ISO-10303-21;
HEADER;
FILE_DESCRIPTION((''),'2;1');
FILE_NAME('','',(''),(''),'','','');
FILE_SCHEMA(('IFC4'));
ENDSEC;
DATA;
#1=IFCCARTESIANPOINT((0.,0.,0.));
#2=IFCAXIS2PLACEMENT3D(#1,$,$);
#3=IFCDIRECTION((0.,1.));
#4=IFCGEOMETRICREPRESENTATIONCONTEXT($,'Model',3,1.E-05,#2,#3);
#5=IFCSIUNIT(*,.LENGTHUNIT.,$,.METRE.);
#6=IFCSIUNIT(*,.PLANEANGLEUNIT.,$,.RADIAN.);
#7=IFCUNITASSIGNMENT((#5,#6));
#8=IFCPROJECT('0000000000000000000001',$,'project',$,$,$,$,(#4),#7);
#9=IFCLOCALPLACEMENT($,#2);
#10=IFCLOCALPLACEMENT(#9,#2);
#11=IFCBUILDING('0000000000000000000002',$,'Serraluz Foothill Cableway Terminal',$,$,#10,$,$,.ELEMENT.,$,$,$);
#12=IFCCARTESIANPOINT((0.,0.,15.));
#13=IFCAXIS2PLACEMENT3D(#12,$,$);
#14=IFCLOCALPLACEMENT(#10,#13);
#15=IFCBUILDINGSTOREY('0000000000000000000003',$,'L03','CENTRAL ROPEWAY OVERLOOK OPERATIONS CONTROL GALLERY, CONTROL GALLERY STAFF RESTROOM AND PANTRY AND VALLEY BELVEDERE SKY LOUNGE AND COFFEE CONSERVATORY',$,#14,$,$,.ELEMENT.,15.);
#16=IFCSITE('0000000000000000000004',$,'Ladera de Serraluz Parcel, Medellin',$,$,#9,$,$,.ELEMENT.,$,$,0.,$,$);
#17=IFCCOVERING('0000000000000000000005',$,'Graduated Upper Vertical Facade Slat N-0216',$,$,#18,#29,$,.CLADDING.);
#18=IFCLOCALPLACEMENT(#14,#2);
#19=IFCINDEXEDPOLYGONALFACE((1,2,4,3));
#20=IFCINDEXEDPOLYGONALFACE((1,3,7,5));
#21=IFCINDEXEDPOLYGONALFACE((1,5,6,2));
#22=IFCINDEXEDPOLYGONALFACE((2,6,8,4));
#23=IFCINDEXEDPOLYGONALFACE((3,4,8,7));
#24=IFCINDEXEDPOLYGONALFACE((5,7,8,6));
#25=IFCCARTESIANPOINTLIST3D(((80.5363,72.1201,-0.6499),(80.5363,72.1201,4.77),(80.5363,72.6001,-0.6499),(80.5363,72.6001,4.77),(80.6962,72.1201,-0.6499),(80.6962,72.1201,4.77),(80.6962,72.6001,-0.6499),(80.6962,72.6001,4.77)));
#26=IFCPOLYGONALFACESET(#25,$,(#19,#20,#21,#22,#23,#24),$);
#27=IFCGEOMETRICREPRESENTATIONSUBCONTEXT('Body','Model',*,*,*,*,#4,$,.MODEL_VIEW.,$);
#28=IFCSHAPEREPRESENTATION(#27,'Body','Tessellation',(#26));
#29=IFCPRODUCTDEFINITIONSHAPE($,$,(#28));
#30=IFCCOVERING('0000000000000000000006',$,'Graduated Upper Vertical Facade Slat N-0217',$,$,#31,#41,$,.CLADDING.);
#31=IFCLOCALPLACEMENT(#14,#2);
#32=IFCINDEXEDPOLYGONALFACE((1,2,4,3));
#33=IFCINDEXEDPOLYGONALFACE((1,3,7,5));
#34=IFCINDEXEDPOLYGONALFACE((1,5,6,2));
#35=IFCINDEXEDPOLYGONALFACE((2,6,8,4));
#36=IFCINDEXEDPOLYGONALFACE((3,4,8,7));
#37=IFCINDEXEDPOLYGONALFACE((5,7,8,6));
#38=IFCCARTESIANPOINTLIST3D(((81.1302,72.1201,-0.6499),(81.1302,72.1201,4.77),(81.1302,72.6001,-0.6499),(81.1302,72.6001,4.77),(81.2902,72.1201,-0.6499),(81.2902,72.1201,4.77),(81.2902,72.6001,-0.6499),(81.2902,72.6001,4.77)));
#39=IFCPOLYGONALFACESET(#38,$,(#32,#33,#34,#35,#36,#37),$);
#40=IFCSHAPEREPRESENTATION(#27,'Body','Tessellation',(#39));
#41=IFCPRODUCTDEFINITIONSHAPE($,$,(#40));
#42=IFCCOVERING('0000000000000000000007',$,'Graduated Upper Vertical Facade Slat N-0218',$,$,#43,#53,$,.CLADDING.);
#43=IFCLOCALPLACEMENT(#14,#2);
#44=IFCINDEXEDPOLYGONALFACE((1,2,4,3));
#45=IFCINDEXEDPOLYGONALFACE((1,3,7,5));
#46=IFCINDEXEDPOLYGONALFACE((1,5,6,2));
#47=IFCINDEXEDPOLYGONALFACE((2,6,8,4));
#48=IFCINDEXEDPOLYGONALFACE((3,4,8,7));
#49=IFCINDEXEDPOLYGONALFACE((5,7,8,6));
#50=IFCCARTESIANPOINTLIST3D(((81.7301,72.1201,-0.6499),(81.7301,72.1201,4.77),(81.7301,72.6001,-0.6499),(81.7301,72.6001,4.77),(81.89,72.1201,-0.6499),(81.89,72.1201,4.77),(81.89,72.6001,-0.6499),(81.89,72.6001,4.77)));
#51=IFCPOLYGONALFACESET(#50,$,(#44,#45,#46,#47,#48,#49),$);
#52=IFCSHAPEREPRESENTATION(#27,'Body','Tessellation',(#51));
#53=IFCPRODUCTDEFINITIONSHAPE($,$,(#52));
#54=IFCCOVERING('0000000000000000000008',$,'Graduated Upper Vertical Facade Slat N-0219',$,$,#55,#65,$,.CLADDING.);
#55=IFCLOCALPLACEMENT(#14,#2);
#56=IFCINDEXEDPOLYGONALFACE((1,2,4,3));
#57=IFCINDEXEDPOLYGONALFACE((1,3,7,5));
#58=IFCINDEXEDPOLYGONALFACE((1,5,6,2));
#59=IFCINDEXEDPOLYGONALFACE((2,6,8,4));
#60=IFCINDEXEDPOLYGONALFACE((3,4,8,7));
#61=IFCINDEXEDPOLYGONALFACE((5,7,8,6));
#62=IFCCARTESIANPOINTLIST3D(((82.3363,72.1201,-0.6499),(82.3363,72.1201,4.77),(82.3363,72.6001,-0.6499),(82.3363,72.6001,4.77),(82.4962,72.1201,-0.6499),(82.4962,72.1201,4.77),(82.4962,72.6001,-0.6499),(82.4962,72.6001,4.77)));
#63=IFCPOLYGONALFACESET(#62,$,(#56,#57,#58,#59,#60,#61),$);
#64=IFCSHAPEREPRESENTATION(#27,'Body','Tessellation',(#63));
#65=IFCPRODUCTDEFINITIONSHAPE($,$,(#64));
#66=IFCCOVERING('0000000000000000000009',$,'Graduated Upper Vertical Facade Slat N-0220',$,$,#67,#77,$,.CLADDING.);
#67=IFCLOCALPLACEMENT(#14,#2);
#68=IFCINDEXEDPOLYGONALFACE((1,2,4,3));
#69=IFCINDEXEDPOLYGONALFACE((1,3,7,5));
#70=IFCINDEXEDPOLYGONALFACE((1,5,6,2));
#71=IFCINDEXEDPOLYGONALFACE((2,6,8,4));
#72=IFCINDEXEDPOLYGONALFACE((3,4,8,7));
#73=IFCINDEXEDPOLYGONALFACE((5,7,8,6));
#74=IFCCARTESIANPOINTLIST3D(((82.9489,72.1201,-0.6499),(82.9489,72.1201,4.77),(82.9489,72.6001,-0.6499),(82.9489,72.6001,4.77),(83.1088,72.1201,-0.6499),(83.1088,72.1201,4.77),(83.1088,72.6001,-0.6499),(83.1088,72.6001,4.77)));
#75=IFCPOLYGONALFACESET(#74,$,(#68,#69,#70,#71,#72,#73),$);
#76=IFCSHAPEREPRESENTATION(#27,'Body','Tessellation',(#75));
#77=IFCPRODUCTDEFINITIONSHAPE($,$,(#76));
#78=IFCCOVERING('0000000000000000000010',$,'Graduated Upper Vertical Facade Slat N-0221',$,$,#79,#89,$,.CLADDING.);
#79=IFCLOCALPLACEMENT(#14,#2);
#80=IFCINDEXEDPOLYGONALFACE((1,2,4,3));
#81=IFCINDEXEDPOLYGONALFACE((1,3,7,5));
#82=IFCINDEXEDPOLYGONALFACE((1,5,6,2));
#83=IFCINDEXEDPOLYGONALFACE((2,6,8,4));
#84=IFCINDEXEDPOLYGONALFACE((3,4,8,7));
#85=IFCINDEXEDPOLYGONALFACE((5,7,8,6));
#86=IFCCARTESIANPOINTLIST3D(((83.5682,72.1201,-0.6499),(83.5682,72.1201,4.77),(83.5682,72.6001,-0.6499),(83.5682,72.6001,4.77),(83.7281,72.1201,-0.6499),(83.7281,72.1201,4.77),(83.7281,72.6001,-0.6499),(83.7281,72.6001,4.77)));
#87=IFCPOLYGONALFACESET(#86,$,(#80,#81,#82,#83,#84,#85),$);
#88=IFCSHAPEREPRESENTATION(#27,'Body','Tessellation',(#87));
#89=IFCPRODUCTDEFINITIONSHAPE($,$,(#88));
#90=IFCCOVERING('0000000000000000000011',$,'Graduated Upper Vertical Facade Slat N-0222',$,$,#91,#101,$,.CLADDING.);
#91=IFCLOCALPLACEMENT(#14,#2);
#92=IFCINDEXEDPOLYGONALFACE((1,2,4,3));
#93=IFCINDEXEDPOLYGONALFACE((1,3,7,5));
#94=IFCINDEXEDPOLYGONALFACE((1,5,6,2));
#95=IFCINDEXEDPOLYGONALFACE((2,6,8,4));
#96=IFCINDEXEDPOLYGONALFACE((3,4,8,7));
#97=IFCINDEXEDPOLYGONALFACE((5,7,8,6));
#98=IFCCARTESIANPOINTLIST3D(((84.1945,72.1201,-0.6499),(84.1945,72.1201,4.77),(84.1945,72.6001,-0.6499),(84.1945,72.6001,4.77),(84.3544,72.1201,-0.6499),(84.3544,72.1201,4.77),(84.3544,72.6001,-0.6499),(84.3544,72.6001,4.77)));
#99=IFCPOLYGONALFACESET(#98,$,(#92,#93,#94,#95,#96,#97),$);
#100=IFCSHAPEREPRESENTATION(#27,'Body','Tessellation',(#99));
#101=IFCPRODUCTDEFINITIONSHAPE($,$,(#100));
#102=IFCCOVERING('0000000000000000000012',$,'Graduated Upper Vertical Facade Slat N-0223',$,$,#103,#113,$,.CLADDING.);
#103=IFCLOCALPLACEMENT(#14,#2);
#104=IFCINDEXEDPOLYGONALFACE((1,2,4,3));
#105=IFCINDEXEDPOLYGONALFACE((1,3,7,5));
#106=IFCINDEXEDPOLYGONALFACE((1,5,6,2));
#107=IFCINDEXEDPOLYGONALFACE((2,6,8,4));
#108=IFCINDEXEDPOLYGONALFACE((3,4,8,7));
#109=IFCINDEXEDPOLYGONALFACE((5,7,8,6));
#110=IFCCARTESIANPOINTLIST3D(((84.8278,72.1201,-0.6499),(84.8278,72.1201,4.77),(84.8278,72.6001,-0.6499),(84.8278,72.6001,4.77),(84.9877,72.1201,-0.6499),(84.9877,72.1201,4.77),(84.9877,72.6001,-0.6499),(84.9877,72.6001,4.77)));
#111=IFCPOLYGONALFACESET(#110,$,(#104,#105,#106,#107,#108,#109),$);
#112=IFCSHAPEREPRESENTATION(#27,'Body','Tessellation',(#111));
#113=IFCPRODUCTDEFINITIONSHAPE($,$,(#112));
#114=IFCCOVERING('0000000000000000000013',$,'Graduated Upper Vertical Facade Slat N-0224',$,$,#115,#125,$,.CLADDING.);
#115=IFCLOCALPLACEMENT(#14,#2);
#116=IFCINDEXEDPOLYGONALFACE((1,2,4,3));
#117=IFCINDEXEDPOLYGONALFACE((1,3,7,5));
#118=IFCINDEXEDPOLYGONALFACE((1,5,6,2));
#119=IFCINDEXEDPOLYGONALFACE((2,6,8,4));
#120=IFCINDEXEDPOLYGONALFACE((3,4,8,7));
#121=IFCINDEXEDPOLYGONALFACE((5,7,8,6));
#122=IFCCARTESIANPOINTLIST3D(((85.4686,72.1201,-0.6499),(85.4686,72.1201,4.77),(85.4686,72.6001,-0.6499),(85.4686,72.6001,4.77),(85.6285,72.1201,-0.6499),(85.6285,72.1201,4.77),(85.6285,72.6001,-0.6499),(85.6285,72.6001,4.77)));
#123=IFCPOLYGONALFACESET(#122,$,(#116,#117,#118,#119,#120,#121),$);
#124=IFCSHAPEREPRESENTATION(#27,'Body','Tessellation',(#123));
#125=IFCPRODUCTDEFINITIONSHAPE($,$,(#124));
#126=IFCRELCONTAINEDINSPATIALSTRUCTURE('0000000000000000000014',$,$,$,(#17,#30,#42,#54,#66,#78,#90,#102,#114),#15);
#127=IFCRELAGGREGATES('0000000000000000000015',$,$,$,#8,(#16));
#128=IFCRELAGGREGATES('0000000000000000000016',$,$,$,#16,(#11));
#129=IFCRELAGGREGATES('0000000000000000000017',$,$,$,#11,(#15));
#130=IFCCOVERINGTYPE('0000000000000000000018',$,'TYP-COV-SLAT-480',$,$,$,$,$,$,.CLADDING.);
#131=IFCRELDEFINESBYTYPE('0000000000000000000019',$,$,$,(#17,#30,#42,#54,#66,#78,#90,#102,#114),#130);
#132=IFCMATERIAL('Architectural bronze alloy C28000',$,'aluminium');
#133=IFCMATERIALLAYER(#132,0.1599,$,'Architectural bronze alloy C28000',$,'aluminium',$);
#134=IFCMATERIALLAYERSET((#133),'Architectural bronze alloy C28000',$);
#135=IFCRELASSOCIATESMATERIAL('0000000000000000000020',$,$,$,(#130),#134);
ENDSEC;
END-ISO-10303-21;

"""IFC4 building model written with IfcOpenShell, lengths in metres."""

from ifc_helpers import new_model, si_unit, direction, frame, origin, origin_2d, place, context, subcontext, project, spatial, rectangle, extrude, material, layer, layer_set, type_object, element, save


model = new_model("IFC4")

# Units and contexts
model_context = context("Model", 3, precision=1e-05, world=origin(), true_north=direction((0.0, 1.0)))
body_context = subcontext(model_context, "Body", "Model", "MODEL_VIEW")
ifc_project = project(units=[si_unit("LENGTHUNIT", "METRE"), si_unit("PLANEANGLEUNIT", "RADIAN")], contexts=[model_context])

# Site, building, storey
site_placement = place(None, origin())
site = spatial("IfcSite", under=ifc_project, at=site_placement, Name="Ladera de Serraluz Parcel, Medellin", CompositionType="ELEMENT", RefElevation=0.0)
building_placement = place(site_placement, origin())
building = spatial("IfcBuilding", under=site, at=building_placement, Name="Serraluz Foothill Cableway Terminal", CompositionType="ELEMENT")
storey_placement = place(building_placement, frame((0.0, 0.0, 15.0)))
storey = spatial("IfcBuildingStorey", under=building, at=storey_placement, Name="L03", Description="CENTRAL ROPEWAY OVERLOOK OPERATIONS CONTROL GALLERY, CONTROL GALLERY STAFF RESTROOM AND PANTRY AND VALLEY BELVEDERE SKY LOUNGE AND COFFEE CONSERVATORY", CompositionType="ELEMENT", Elevation=15.0)

# Shared definitions
ifc_material_1 = material(Name="Architectural bronze alloy C28000", Category="aluminium")

# Coverings
ifc_layer_1 = layer(ifc_material_1, 0.1599, Name="Architectural bronze alloy C28000", Category="aluminium")
ifc_layer_set_1 = layer_set([ifc_layer_1], Name="Architectural bronze alloy C28000")
covering_type = type_object("IfcCoveringType", Name="TYP-COV-SLAT-480", PredefinedType="CLADDING", material=ifc_layer_set_1)
for number, where, z_axis, x_axis, name in (
    (1, (80.6162, 72.3601, -0.6499), (0.0, 0.0, 1.0), (1.0, 0.0, 0.0), "Graduated Upper Vertical Facade Slat N-0216"),
    (2, (81.2102, 72.3601, -0.6499), (0.0, 0.0, 1.0), (1.0, 0.0, 0.0), "Graduated Upper Vertical Facade Slat N-0217"),
    (3, (81.8101, 72.3601, -0.6499), (0.0, 0.0, 1.0), (1.0, 0.0, 0.0), "Graduated Upper Vertical Facade Slat N-0218"),
    (4, (82.4163, 72.3601, -0.6499), (0.0, 0.0, 1.0), (1.0, 0.0, 0.0), "Graduated Upper Vertical Facade Slat N-0219"),
    (5, (83.0288, 72.3601, -0.6499), (0.0, 0.0, 1.0), (1.0, 0.0, 0.0), "Graduated Upper Vertical Facade Slat N-0220"),
    (6, (83.6482, 72.3601, -0.6499), (0.0, 0.0, 1.0), (1.0, 0.0, 0.0), "Graduated Upper Vertical Facade Slat N-0221"),
    (7, (84.2744, 72.3601, -0.6499), (0.0, 0.0, 1.0), (1.0, 0.0, 0.0), "Graduated Upper Vertical Facade Slat N-0222"),
    (8, (84.9077, 72.3601, -0.6499), (0.0, 0.0, 1.0), (1.0, 0.0, 0.0), "Graduated Upper Vertical Facade Slat N-0223"),
    (9, (85.5486, 72.3601, -0.6499), (0.0, 0.0, 1.0), (1.0, 0.0, 0.0), "Graduated Upper Vertical Facade Slat N-0224"),
):
    element("IfcCovering", number, at=place(storey_placement, frame(where, z_axis=z_axis, x_axis=x_axis)), inside=storey, type_object=covering_type, Name=name, PredefinedType="CLADDING", context=body_context, shape_type="SweptSolid", body=[
        extrude(rectangle(XDim=0.1599, YDim=0.48, at=origin_2d()), origin(), (0.0, 0.0, 1.0), 5.4199),
    ])

save(model, "model.ifc")
